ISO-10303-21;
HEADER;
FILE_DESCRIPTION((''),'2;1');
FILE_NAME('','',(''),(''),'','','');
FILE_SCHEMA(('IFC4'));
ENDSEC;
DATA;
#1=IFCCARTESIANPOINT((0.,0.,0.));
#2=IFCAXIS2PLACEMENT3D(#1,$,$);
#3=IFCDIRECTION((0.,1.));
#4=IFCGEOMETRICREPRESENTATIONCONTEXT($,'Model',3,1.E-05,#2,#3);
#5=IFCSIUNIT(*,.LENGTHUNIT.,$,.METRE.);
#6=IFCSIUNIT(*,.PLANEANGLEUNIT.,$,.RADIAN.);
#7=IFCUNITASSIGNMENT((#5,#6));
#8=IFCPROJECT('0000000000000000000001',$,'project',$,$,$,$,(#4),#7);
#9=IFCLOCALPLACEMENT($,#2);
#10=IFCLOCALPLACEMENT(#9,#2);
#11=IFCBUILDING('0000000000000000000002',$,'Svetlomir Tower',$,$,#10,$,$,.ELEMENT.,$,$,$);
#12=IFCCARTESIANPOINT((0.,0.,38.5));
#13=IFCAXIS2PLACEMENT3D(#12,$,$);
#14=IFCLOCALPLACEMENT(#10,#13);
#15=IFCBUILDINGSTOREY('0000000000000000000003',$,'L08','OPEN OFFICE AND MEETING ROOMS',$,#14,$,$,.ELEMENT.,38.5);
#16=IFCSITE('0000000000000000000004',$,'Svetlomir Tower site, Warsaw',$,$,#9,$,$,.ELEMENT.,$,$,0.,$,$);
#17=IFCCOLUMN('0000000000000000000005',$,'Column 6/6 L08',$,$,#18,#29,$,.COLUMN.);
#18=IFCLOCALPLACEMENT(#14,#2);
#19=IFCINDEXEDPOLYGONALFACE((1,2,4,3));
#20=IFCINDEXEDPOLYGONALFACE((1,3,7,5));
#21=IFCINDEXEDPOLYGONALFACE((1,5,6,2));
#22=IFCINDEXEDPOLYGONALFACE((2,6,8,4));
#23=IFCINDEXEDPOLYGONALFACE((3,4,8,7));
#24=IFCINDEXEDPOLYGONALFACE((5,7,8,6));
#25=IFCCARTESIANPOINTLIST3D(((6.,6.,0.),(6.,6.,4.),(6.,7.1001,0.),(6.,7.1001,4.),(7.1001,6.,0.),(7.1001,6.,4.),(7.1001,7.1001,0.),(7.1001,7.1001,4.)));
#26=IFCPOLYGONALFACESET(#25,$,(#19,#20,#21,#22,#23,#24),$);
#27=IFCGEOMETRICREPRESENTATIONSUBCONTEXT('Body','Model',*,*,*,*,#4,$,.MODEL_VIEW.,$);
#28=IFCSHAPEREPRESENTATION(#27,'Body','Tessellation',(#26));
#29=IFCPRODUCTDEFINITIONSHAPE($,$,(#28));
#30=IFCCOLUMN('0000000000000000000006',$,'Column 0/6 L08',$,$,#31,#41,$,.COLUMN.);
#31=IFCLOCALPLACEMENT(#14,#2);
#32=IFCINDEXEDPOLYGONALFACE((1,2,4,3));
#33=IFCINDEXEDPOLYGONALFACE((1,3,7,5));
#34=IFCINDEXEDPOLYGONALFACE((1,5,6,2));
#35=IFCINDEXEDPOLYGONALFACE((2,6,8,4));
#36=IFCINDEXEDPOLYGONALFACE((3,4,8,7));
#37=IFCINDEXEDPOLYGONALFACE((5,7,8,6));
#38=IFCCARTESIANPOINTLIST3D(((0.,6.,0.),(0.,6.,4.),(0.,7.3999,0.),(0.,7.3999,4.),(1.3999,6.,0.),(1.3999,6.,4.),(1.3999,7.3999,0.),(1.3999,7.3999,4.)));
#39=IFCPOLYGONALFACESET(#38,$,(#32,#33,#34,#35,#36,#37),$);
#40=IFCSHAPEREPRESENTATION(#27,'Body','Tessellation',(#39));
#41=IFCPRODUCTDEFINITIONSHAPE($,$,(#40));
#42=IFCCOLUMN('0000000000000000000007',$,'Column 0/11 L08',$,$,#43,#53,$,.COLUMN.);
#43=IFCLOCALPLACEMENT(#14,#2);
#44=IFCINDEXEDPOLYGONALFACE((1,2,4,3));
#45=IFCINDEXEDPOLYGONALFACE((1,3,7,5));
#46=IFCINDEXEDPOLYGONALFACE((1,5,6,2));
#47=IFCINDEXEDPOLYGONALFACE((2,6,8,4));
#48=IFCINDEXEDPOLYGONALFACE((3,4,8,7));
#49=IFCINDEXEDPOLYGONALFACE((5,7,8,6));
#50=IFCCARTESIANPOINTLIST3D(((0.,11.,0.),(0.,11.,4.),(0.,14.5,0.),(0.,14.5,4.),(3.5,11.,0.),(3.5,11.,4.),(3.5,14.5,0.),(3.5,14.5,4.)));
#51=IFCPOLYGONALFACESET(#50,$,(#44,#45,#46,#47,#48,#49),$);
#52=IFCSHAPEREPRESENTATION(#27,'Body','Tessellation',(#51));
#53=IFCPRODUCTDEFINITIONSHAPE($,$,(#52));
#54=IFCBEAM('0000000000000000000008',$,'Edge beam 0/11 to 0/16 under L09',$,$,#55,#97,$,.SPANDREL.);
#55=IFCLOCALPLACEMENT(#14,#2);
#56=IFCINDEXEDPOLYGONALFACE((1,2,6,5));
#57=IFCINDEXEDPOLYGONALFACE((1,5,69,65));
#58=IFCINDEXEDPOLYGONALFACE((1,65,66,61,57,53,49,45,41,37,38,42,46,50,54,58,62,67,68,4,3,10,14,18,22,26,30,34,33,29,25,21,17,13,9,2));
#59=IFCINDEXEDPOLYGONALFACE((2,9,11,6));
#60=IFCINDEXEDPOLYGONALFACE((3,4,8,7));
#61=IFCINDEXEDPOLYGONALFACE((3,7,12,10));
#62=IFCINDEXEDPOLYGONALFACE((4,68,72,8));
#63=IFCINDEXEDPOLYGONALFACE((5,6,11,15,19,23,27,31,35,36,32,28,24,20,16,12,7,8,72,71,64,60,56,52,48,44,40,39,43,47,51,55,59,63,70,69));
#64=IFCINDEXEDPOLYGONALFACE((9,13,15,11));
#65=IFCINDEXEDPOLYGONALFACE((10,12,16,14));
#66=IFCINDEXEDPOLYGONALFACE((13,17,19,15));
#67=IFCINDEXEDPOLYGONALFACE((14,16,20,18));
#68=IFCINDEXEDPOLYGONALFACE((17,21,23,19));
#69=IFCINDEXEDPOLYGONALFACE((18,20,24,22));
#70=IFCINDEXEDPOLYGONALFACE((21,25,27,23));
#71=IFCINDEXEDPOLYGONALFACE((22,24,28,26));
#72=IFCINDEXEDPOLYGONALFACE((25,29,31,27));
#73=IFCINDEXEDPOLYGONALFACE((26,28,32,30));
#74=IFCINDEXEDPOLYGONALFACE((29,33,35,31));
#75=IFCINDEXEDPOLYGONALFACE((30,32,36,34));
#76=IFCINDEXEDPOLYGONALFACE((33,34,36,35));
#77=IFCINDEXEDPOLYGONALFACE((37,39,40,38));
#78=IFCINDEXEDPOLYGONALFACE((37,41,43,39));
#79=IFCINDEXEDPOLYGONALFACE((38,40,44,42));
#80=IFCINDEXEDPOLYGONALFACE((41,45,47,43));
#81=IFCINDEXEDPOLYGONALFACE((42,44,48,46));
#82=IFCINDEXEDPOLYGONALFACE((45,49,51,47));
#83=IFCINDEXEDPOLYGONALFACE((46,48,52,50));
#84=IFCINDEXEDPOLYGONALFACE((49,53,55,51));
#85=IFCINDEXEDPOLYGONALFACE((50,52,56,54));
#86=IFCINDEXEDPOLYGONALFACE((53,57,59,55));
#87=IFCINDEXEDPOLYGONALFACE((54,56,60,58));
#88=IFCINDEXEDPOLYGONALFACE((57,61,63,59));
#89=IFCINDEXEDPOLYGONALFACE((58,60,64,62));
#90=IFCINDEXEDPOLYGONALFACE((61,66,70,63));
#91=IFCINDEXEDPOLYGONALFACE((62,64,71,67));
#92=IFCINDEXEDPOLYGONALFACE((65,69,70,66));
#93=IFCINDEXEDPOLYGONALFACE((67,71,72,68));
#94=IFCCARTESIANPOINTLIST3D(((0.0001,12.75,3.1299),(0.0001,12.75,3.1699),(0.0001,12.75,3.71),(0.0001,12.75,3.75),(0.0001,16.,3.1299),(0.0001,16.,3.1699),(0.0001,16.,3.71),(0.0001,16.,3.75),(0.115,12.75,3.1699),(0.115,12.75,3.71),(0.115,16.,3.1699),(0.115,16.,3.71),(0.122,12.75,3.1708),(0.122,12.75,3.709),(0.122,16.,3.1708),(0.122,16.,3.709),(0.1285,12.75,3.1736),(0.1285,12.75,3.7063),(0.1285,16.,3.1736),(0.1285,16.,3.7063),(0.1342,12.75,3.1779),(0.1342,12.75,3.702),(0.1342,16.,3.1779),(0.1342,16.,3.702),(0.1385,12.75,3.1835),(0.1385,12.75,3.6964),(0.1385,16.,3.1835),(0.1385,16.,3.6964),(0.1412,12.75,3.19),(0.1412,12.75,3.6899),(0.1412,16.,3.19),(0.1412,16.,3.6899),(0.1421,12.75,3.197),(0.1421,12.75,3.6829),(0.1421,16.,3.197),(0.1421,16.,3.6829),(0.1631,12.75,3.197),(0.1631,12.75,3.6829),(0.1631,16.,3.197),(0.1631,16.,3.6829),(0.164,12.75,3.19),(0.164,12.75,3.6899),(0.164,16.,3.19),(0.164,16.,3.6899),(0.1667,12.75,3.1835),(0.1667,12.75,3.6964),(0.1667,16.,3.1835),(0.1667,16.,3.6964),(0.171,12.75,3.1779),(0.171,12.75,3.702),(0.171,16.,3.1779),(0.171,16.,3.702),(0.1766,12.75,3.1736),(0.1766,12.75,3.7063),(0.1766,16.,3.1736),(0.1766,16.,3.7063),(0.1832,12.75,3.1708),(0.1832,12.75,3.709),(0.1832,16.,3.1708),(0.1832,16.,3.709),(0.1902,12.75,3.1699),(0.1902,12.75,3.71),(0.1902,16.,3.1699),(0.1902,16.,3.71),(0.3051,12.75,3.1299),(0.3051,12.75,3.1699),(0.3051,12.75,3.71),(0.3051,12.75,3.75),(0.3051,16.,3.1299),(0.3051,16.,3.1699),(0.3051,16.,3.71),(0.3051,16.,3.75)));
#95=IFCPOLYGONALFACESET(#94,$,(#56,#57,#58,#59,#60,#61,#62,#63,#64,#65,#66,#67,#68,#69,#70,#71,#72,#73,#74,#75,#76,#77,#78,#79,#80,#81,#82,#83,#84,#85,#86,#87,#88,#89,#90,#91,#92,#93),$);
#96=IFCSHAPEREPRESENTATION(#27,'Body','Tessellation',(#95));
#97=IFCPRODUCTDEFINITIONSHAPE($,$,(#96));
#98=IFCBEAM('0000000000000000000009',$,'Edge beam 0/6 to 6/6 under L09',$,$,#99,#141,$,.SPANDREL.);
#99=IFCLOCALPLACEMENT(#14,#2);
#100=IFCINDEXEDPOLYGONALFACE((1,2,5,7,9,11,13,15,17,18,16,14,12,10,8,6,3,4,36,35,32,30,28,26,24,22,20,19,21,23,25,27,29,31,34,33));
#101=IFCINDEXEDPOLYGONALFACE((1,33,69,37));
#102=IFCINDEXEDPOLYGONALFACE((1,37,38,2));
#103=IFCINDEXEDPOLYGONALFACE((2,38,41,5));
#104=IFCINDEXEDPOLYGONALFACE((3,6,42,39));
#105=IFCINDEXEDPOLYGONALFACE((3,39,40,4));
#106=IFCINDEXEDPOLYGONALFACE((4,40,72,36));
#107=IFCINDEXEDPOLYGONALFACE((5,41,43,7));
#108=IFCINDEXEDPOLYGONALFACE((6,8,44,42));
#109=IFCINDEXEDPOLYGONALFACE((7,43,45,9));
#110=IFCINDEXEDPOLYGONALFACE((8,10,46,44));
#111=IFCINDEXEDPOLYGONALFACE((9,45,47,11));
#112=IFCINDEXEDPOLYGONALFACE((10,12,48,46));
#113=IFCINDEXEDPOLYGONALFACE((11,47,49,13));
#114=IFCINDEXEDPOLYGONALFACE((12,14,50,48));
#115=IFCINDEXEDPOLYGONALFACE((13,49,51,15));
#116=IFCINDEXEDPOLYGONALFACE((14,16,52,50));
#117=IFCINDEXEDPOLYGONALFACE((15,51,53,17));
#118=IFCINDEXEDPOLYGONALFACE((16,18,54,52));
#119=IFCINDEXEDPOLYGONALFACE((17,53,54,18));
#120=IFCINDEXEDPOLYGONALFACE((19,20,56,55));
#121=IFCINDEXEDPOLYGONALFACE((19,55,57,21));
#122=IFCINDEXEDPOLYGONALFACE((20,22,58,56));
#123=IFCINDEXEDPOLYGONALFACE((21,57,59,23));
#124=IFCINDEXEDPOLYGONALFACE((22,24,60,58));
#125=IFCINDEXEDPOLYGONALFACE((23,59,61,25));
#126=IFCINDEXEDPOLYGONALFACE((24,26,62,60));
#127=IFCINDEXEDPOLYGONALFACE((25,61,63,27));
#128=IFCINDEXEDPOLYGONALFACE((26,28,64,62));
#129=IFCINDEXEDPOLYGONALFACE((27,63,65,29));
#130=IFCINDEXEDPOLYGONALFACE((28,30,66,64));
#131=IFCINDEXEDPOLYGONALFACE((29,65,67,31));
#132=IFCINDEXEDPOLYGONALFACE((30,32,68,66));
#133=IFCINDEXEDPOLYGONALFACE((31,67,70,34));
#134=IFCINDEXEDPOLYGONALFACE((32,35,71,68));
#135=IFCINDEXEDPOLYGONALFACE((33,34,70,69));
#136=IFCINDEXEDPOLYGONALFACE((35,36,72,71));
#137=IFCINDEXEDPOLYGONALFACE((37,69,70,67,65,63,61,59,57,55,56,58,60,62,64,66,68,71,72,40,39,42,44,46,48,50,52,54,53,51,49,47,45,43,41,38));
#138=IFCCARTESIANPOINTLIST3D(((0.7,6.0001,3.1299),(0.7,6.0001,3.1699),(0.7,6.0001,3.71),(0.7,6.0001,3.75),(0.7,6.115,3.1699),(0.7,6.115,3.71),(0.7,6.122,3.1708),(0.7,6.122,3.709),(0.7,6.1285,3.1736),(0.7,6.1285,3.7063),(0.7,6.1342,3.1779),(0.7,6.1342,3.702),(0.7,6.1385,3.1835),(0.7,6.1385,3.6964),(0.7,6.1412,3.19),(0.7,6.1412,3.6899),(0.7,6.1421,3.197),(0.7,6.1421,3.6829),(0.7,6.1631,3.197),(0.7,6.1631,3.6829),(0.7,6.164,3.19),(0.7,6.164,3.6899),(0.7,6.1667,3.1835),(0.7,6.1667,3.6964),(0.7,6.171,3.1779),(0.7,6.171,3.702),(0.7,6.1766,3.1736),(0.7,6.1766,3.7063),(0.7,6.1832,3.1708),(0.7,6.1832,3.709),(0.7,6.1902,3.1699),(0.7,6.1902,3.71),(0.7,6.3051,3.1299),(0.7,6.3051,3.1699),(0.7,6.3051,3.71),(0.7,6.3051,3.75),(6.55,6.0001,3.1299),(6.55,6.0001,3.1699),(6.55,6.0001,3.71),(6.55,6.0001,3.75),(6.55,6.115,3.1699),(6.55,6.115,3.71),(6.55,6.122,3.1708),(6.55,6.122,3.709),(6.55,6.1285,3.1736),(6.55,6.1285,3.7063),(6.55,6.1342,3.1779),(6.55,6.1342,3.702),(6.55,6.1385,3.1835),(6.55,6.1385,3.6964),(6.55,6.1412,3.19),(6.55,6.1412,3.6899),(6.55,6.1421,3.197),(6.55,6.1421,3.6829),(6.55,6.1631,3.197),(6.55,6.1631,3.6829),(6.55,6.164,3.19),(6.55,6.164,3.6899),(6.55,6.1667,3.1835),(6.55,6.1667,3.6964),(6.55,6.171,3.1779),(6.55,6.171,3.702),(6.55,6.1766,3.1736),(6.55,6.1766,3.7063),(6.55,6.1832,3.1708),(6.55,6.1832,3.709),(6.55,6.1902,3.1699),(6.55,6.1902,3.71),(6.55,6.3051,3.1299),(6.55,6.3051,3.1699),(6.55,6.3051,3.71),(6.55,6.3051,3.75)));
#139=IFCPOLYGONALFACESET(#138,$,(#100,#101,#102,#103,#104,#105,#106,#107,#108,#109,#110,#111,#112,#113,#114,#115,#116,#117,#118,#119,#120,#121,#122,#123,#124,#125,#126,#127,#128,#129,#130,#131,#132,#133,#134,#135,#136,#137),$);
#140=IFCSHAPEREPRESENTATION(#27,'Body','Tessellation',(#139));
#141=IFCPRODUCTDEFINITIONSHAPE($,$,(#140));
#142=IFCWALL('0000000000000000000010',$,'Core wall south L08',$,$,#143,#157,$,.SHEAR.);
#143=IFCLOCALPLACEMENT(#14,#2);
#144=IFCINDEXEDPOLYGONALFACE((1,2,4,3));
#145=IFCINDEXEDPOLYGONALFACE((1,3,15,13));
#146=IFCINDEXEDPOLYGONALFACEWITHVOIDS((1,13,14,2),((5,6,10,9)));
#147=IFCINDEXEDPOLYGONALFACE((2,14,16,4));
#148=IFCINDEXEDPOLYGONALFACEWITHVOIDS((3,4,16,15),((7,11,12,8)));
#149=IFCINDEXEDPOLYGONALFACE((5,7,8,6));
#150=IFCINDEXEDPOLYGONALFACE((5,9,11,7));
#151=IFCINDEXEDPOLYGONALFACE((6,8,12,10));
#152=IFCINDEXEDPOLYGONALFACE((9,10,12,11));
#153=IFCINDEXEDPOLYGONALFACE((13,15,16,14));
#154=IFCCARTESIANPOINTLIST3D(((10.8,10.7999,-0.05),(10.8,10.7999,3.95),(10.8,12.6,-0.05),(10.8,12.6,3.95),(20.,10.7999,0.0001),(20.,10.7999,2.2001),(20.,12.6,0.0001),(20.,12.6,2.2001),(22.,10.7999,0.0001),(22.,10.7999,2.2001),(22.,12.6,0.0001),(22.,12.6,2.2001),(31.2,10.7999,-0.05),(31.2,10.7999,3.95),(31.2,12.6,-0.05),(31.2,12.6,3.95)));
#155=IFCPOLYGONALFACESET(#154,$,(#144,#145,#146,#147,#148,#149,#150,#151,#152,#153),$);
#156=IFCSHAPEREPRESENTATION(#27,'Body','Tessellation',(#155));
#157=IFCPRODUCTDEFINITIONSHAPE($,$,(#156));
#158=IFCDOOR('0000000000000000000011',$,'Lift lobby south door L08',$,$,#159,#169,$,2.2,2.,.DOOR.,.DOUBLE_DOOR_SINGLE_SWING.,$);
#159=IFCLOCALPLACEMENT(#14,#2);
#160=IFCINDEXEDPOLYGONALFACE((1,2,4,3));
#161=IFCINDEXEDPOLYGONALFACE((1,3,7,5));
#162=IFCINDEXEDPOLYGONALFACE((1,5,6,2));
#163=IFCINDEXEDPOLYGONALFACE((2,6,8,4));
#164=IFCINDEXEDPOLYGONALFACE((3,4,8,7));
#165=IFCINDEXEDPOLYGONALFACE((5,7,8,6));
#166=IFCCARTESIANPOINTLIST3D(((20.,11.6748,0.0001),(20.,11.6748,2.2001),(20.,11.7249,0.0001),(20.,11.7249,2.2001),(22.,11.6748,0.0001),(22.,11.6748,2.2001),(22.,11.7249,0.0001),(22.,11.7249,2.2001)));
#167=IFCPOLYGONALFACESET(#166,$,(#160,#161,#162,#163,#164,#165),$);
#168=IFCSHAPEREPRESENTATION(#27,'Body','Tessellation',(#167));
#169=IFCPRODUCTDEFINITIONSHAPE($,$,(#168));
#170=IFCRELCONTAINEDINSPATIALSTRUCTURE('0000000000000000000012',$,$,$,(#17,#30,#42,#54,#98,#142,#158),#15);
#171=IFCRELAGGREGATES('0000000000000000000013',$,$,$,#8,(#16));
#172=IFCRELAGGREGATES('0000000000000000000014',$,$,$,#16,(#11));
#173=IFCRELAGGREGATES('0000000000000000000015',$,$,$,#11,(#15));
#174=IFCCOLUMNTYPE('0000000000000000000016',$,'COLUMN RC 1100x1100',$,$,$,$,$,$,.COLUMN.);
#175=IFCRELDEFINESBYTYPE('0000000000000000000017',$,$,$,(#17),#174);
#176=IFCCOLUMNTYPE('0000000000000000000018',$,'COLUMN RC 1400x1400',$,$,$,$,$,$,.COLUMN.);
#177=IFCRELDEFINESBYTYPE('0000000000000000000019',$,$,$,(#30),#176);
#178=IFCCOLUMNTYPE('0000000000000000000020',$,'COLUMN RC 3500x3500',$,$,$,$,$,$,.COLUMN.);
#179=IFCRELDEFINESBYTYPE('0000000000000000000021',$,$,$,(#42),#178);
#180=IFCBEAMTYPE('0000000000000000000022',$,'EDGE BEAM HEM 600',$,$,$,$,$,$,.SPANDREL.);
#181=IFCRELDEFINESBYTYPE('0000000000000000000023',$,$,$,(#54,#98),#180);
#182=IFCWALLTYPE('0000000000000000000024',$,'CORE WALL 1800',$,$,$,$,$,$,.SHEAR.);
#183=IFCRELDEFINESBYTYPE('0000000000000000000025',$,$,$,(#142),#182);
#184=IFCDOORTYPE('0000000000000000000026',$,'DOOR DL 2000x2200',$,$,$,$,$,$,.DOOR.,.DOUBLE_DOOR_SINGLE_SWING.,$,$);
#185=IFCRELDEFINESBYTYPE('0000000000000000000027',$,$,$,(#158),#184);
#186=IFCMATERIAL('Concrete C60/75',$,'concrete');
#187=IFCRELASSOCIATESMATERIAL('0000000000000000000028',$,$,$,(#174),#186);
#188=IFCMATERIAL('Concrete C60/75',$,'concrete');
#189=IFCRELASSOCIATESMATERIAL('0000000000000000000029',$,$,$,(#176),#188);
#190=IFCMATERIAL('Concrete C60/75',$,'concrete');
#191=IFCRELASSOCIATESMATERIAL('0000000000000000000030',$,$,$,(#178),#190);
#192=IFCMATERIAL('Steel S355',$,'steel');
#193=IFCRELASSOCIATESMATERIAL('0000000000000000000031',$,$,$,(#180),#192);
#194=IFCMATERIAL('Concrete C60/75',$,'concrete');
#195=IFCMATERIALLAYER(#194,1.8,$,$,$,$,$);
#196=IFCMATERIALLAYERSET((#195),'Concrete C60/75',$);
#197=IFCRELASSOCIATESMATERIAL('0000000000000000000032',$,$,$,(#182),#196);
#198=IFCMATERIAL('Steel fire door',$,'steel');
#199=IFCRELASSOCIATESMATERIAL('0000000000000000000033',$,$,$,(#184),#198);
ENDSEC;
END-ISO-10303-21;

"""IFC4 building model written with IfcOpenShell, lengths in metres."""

from ifc_helpers import new_model, si_unit, direction, frame, frame_2d, origin, origin_2d, place, context, subcontext, project, spatial, rectangle, i_section, extrude, material, layer, layer_set, material_profile, profile_set, type_object, element, fill, save


model = new_model("IFC4")

# Units and contexts
model_context = context("Model", 3, precision=1e-05, world=origin(), true_north=direction((0.0, 1.0)))
body_context = subcontext(model_context, "Body", "Model", "MODEL_VIEW")
ifc_project = project(units=[si_unit("LENGTHUNIT", "METRE"), si_unit("PLANEANGLEUNIT", "RADIAN")], contexts=[model_context])

# Site, building, storey
site_placement = place(None, origin())
site = spatial("IfcSite", under=ifc_project, at=site_placement, Name="Svetlomir Tower site, Warsaw", CompositionType="ELEMENT", RefElevation=0.0)
building_placement = place(site_placement, origin())
building = spatial("IfcBuilding", under=site, at=building_placement, Name="Svetlomir Tower", CompositionType="ELEMENT")
storey_placement = place(building_placement, frame((0.0, 0.0, 38.5)))
storey = spatial("IfcBuildingStorey", under=building, at=storey_placement, Name="L08", Description="OPEN OFFICE AND MEETING ROOMS", CompositionType="ELEMENT", Elevation=38.5)

# Columns
ifc_material_1 = material(Name="Concrete C60/75", Category="concrete")
ifc_material_profile_1 = material_profile(ifc_material_1, rectangle(XDim=1.1001, YDim=1.1001, at=origin_2d()), Name="RC 1100x1100")
ifc_profile_set_1 = profile_set([ifc_material_profile_1], Name="Concrete C60/75")
column_type_1 = type_object("IfcColumnType", Name="COLUMN RC 1100x1100", PredefinedType="COLUMN", material=ifc_profile_set_1)
column_1_placement = place(storey_placement, frame((6.55, 6.55, 0.0), z_axis=(0.0, 0.0, 1.0), x_axis=(1.0, 0.0, 0.0)))
element("IfcColumn", 1, at=column_1_placement, inside=storey, type_object=column_type_1, Name="Column 6/6 L08", PredefinedType="COLUMN", context=body_context, shape_type="SweptSolid", body=[
    extrude(rectangle(XDim=1.1001, YDim=1.1001, at=origin_2d()), origin(), (0.0, 0.0, 1.0), 4.0),
])
ifc_material_2 = material(Name="Concrete C60/75", Category="concrete")
ifc_material_profile_2 = material_profile(ifc_material_2, rectangle(XDim=1.3999, YDim=1.3999, at=origin_2d()), Name="RC 1400x1400")
ifc_profile_set_2 = profile_set([ifc_material_profile_2], Name="Concrete C60/75")
column_type_2 = type_object("IfcColumnType", Name="COLUMN RC 1400x1400", PredefinedType="COLUMN", material=ifc_profile_set_2)
column_2_placement = place(storey_placement, frame((0.7, 6.7, 0.0), z_axis=(0.0, 0.0, 1.0), x_axis=(1.0, 0.0, 0.0)))
element("IfcColumn", 2, at=column_2_placement, inside=storey, type_object=column_type_2, Name="Column 0/6 L08", PredefinedType="COLUMN", context=body_context, shape_type="SweptSolid", body=[
    extrude(rectangle(XDim=1.3999, YDim=1.3999, at=origin_2d()), origin(), (0.0, 0.0, 1.0), 4.0),
])
ifc_material_3 = material(Name="Concrete C60/75", Category="concrete")
ifc_material_profile_3 = material_profile(ifc_material_3, rectangle(XDim=3.5, YDim=3.5, at=origin_2d()), Name="RC 3500x3500")
ifc_profile_set_3 = profile_set([ifc_material_profile_3], Name="Concrete C60/75")
column_type_3 = type_object("IfcColumnType", Name="COLUMN RC 3500x3500", PredefinedType="COLUMN", material=ifc_profile_set_3)
column_3_placement = place(storey_placement, frame((1.75, 12.75, 0.0), z_axis=(0.0, 0.0, 1.0), x_axis=(1.0, 0.0, 0.0)))
element("IfcColumn", 3, at=column_3_placement, inside=storey, type_object=column_type_3, Name="Column 0/11 L08", PredefinedType="COLUMN", context=body_context, shape_type="SweptSolid", body=[
    extrude(rectangle(XDim=3.5, YDim=3.5, at=origin_2d()), origin(), (0.0, 0.0, 1.0), 4.0),
])

# Beams
ifc_material_4 = material(Name="Steel S355", Category="steel")
ifc_material_profile_4 = material_profile(ifc_material_4, i_section(OverallWidth=0.3049, OverallDepth=0.6201, WebThickness=0.021, FlangeThickness=0.04, FilletRadius=0.0271, at=origin_2d()), Name="HEM 600")
ifc_profile_set_4 = profile_set([ifc_material_profile_4], Name="Steel S355")
beam_type = type_object("IfcBeamType", Name="EDGE BEAM HEM 600", PredefinedType="SPANDREL", material=ifc_profile_set_4)
beam_1_placement = place(storey_placement, frame((0.1526, 12.75, 3.4399), z_axis=(0.0, 1.0, 0.0), x_axis=(-1.0, 0.0, 0.0)))
element("IfcBeam", 4, at=beam_1_placement, inside=storey, type_object=beam_type, Name="Edge beam 0/11 to 0/16 under L09", PredefinedType="SPANDREL", context=body_context, shape_type="SweptSolid", body=[
    extrude(i_section(OverallWidth=0.3049, OverallDepth=0.6201, WebThickness=0.021, FlangeThickness=0.04, FilletRadius=0.0271, at=origin_2d()), origin(), (0.0, 0.0, 1.0), 3.25),
])
beam_2_placement = place(storey_placement, frame((0.7, 6.1526, 3.4399), z_axis=(1.0, 0.0, 0.0), x_axis=(0.0, 1.0, 0.0)))
element("IfcBeam", 5, at=beam_2_placement, inside=storey, type_object=beam_type, Name="Edge beam 0/6 to 6/6 under L09", PredefinedType="SPANDREL", context=body_context, shape_type="SweptSolid", body=[
    extrude(i_section(OverallWidth=0.3049, OverallDepth=0.6201, WebThickness=0.021, FlangeThickness=0.04, FilletRadius=0.0271, at=origin_2d()), origin(), (0.0, 0.0, 1.0), 5.8501),
])

# Wall, opening, door
ifc_material_5 = material(Name="Concrete C60/75", Category="concrete")
ifc_layer_1 = layer(ifc_material_5, 1.8)
ifc_layer_set_1 = layer_set([ifc_layer_1], Name="Concrete C60/75")
wall_type_1 = type_object("IfcWallType", Name="CORE WALL 1800", PredefinedType="SHEAR", material=ifc_layer_set_1)
wall_1_placement = place(storey_placement, frame((10.8, 11.7, -0.05), z_axis=(0.0, 0.0, 1.0), x_axis=(1.0, 0.0, 0.0)))
wall_1 = element("IfcWall", 6, at=wall_1_placement, inside=storey, type_object=wall_type_1, Name="Core wall south L08", PredefinedType="SHEAR", context=body_context, shape_type="SweptSolid", body=[
    extrude(rectangle(XDim=20.3999, YDim=1.8, at=frame_2d((10.2, 0.0))), origin(), (0.0, 0.0, 1.0), 4.0),
])
opening_1_placement = place(wall_1_placement, frame((9.2, 0.0, 0.05)))
opening_1 = element("IfcOpeningElement", 7, at=opening_1_placement, cuts=wall_1, PredefinedType="OPENING", context=body_context, shape_type="SweptSolid", body=[
    extrude(rectangle(XDim=2.0, YDim=2.2, at=frame_2d((1.0, 1.1001))), frame((0.0, 0.9102, 0.0), z_axis=(0.0, -1.0, 0.0), x_axis=(1.0, 0.0, 0.0)), (0.0, 0.0, 1.0), 1.8201),
])
ifc_material_6 = material(Name="Steel fire door", Category="steel")
door_type_1 = type_object("IfcDoorType", Name="DOOR DL 2000x2200", OperationType="DOUBLE_DOOR_SINGLE_SWING", PredefinedType="DOOR", material=ifc_material_6)
door_1_placement = place(opening_1_placement, origin())
door_1 = element("IfcDoor", 8, at=door_1_placement, inside=storey, type_object=door_type_1, Name="Lift lobby south door L08", OperationType="DOUBLE_DOOR_SINGLE_SWING", OverallHeight=2.2, OverallWidth=2.0, PredefinedType="DOOR", context=body_context, shape_type="SweptSolid", body=[
    extrude(rectangle(XDim=2.0, YDim=2.2, at=frame_2d((1.0, 1.1001))), frame((0.0, 0.0249, 0.0), z_axis=(0.0, -1.0, 0.0), x_axis=(1.0, 0.0, 0.0)), (0.0, 0.0, 1.0), 0.05),
])
fill(opening_1, door_1)

save(model, "model.ifc")
